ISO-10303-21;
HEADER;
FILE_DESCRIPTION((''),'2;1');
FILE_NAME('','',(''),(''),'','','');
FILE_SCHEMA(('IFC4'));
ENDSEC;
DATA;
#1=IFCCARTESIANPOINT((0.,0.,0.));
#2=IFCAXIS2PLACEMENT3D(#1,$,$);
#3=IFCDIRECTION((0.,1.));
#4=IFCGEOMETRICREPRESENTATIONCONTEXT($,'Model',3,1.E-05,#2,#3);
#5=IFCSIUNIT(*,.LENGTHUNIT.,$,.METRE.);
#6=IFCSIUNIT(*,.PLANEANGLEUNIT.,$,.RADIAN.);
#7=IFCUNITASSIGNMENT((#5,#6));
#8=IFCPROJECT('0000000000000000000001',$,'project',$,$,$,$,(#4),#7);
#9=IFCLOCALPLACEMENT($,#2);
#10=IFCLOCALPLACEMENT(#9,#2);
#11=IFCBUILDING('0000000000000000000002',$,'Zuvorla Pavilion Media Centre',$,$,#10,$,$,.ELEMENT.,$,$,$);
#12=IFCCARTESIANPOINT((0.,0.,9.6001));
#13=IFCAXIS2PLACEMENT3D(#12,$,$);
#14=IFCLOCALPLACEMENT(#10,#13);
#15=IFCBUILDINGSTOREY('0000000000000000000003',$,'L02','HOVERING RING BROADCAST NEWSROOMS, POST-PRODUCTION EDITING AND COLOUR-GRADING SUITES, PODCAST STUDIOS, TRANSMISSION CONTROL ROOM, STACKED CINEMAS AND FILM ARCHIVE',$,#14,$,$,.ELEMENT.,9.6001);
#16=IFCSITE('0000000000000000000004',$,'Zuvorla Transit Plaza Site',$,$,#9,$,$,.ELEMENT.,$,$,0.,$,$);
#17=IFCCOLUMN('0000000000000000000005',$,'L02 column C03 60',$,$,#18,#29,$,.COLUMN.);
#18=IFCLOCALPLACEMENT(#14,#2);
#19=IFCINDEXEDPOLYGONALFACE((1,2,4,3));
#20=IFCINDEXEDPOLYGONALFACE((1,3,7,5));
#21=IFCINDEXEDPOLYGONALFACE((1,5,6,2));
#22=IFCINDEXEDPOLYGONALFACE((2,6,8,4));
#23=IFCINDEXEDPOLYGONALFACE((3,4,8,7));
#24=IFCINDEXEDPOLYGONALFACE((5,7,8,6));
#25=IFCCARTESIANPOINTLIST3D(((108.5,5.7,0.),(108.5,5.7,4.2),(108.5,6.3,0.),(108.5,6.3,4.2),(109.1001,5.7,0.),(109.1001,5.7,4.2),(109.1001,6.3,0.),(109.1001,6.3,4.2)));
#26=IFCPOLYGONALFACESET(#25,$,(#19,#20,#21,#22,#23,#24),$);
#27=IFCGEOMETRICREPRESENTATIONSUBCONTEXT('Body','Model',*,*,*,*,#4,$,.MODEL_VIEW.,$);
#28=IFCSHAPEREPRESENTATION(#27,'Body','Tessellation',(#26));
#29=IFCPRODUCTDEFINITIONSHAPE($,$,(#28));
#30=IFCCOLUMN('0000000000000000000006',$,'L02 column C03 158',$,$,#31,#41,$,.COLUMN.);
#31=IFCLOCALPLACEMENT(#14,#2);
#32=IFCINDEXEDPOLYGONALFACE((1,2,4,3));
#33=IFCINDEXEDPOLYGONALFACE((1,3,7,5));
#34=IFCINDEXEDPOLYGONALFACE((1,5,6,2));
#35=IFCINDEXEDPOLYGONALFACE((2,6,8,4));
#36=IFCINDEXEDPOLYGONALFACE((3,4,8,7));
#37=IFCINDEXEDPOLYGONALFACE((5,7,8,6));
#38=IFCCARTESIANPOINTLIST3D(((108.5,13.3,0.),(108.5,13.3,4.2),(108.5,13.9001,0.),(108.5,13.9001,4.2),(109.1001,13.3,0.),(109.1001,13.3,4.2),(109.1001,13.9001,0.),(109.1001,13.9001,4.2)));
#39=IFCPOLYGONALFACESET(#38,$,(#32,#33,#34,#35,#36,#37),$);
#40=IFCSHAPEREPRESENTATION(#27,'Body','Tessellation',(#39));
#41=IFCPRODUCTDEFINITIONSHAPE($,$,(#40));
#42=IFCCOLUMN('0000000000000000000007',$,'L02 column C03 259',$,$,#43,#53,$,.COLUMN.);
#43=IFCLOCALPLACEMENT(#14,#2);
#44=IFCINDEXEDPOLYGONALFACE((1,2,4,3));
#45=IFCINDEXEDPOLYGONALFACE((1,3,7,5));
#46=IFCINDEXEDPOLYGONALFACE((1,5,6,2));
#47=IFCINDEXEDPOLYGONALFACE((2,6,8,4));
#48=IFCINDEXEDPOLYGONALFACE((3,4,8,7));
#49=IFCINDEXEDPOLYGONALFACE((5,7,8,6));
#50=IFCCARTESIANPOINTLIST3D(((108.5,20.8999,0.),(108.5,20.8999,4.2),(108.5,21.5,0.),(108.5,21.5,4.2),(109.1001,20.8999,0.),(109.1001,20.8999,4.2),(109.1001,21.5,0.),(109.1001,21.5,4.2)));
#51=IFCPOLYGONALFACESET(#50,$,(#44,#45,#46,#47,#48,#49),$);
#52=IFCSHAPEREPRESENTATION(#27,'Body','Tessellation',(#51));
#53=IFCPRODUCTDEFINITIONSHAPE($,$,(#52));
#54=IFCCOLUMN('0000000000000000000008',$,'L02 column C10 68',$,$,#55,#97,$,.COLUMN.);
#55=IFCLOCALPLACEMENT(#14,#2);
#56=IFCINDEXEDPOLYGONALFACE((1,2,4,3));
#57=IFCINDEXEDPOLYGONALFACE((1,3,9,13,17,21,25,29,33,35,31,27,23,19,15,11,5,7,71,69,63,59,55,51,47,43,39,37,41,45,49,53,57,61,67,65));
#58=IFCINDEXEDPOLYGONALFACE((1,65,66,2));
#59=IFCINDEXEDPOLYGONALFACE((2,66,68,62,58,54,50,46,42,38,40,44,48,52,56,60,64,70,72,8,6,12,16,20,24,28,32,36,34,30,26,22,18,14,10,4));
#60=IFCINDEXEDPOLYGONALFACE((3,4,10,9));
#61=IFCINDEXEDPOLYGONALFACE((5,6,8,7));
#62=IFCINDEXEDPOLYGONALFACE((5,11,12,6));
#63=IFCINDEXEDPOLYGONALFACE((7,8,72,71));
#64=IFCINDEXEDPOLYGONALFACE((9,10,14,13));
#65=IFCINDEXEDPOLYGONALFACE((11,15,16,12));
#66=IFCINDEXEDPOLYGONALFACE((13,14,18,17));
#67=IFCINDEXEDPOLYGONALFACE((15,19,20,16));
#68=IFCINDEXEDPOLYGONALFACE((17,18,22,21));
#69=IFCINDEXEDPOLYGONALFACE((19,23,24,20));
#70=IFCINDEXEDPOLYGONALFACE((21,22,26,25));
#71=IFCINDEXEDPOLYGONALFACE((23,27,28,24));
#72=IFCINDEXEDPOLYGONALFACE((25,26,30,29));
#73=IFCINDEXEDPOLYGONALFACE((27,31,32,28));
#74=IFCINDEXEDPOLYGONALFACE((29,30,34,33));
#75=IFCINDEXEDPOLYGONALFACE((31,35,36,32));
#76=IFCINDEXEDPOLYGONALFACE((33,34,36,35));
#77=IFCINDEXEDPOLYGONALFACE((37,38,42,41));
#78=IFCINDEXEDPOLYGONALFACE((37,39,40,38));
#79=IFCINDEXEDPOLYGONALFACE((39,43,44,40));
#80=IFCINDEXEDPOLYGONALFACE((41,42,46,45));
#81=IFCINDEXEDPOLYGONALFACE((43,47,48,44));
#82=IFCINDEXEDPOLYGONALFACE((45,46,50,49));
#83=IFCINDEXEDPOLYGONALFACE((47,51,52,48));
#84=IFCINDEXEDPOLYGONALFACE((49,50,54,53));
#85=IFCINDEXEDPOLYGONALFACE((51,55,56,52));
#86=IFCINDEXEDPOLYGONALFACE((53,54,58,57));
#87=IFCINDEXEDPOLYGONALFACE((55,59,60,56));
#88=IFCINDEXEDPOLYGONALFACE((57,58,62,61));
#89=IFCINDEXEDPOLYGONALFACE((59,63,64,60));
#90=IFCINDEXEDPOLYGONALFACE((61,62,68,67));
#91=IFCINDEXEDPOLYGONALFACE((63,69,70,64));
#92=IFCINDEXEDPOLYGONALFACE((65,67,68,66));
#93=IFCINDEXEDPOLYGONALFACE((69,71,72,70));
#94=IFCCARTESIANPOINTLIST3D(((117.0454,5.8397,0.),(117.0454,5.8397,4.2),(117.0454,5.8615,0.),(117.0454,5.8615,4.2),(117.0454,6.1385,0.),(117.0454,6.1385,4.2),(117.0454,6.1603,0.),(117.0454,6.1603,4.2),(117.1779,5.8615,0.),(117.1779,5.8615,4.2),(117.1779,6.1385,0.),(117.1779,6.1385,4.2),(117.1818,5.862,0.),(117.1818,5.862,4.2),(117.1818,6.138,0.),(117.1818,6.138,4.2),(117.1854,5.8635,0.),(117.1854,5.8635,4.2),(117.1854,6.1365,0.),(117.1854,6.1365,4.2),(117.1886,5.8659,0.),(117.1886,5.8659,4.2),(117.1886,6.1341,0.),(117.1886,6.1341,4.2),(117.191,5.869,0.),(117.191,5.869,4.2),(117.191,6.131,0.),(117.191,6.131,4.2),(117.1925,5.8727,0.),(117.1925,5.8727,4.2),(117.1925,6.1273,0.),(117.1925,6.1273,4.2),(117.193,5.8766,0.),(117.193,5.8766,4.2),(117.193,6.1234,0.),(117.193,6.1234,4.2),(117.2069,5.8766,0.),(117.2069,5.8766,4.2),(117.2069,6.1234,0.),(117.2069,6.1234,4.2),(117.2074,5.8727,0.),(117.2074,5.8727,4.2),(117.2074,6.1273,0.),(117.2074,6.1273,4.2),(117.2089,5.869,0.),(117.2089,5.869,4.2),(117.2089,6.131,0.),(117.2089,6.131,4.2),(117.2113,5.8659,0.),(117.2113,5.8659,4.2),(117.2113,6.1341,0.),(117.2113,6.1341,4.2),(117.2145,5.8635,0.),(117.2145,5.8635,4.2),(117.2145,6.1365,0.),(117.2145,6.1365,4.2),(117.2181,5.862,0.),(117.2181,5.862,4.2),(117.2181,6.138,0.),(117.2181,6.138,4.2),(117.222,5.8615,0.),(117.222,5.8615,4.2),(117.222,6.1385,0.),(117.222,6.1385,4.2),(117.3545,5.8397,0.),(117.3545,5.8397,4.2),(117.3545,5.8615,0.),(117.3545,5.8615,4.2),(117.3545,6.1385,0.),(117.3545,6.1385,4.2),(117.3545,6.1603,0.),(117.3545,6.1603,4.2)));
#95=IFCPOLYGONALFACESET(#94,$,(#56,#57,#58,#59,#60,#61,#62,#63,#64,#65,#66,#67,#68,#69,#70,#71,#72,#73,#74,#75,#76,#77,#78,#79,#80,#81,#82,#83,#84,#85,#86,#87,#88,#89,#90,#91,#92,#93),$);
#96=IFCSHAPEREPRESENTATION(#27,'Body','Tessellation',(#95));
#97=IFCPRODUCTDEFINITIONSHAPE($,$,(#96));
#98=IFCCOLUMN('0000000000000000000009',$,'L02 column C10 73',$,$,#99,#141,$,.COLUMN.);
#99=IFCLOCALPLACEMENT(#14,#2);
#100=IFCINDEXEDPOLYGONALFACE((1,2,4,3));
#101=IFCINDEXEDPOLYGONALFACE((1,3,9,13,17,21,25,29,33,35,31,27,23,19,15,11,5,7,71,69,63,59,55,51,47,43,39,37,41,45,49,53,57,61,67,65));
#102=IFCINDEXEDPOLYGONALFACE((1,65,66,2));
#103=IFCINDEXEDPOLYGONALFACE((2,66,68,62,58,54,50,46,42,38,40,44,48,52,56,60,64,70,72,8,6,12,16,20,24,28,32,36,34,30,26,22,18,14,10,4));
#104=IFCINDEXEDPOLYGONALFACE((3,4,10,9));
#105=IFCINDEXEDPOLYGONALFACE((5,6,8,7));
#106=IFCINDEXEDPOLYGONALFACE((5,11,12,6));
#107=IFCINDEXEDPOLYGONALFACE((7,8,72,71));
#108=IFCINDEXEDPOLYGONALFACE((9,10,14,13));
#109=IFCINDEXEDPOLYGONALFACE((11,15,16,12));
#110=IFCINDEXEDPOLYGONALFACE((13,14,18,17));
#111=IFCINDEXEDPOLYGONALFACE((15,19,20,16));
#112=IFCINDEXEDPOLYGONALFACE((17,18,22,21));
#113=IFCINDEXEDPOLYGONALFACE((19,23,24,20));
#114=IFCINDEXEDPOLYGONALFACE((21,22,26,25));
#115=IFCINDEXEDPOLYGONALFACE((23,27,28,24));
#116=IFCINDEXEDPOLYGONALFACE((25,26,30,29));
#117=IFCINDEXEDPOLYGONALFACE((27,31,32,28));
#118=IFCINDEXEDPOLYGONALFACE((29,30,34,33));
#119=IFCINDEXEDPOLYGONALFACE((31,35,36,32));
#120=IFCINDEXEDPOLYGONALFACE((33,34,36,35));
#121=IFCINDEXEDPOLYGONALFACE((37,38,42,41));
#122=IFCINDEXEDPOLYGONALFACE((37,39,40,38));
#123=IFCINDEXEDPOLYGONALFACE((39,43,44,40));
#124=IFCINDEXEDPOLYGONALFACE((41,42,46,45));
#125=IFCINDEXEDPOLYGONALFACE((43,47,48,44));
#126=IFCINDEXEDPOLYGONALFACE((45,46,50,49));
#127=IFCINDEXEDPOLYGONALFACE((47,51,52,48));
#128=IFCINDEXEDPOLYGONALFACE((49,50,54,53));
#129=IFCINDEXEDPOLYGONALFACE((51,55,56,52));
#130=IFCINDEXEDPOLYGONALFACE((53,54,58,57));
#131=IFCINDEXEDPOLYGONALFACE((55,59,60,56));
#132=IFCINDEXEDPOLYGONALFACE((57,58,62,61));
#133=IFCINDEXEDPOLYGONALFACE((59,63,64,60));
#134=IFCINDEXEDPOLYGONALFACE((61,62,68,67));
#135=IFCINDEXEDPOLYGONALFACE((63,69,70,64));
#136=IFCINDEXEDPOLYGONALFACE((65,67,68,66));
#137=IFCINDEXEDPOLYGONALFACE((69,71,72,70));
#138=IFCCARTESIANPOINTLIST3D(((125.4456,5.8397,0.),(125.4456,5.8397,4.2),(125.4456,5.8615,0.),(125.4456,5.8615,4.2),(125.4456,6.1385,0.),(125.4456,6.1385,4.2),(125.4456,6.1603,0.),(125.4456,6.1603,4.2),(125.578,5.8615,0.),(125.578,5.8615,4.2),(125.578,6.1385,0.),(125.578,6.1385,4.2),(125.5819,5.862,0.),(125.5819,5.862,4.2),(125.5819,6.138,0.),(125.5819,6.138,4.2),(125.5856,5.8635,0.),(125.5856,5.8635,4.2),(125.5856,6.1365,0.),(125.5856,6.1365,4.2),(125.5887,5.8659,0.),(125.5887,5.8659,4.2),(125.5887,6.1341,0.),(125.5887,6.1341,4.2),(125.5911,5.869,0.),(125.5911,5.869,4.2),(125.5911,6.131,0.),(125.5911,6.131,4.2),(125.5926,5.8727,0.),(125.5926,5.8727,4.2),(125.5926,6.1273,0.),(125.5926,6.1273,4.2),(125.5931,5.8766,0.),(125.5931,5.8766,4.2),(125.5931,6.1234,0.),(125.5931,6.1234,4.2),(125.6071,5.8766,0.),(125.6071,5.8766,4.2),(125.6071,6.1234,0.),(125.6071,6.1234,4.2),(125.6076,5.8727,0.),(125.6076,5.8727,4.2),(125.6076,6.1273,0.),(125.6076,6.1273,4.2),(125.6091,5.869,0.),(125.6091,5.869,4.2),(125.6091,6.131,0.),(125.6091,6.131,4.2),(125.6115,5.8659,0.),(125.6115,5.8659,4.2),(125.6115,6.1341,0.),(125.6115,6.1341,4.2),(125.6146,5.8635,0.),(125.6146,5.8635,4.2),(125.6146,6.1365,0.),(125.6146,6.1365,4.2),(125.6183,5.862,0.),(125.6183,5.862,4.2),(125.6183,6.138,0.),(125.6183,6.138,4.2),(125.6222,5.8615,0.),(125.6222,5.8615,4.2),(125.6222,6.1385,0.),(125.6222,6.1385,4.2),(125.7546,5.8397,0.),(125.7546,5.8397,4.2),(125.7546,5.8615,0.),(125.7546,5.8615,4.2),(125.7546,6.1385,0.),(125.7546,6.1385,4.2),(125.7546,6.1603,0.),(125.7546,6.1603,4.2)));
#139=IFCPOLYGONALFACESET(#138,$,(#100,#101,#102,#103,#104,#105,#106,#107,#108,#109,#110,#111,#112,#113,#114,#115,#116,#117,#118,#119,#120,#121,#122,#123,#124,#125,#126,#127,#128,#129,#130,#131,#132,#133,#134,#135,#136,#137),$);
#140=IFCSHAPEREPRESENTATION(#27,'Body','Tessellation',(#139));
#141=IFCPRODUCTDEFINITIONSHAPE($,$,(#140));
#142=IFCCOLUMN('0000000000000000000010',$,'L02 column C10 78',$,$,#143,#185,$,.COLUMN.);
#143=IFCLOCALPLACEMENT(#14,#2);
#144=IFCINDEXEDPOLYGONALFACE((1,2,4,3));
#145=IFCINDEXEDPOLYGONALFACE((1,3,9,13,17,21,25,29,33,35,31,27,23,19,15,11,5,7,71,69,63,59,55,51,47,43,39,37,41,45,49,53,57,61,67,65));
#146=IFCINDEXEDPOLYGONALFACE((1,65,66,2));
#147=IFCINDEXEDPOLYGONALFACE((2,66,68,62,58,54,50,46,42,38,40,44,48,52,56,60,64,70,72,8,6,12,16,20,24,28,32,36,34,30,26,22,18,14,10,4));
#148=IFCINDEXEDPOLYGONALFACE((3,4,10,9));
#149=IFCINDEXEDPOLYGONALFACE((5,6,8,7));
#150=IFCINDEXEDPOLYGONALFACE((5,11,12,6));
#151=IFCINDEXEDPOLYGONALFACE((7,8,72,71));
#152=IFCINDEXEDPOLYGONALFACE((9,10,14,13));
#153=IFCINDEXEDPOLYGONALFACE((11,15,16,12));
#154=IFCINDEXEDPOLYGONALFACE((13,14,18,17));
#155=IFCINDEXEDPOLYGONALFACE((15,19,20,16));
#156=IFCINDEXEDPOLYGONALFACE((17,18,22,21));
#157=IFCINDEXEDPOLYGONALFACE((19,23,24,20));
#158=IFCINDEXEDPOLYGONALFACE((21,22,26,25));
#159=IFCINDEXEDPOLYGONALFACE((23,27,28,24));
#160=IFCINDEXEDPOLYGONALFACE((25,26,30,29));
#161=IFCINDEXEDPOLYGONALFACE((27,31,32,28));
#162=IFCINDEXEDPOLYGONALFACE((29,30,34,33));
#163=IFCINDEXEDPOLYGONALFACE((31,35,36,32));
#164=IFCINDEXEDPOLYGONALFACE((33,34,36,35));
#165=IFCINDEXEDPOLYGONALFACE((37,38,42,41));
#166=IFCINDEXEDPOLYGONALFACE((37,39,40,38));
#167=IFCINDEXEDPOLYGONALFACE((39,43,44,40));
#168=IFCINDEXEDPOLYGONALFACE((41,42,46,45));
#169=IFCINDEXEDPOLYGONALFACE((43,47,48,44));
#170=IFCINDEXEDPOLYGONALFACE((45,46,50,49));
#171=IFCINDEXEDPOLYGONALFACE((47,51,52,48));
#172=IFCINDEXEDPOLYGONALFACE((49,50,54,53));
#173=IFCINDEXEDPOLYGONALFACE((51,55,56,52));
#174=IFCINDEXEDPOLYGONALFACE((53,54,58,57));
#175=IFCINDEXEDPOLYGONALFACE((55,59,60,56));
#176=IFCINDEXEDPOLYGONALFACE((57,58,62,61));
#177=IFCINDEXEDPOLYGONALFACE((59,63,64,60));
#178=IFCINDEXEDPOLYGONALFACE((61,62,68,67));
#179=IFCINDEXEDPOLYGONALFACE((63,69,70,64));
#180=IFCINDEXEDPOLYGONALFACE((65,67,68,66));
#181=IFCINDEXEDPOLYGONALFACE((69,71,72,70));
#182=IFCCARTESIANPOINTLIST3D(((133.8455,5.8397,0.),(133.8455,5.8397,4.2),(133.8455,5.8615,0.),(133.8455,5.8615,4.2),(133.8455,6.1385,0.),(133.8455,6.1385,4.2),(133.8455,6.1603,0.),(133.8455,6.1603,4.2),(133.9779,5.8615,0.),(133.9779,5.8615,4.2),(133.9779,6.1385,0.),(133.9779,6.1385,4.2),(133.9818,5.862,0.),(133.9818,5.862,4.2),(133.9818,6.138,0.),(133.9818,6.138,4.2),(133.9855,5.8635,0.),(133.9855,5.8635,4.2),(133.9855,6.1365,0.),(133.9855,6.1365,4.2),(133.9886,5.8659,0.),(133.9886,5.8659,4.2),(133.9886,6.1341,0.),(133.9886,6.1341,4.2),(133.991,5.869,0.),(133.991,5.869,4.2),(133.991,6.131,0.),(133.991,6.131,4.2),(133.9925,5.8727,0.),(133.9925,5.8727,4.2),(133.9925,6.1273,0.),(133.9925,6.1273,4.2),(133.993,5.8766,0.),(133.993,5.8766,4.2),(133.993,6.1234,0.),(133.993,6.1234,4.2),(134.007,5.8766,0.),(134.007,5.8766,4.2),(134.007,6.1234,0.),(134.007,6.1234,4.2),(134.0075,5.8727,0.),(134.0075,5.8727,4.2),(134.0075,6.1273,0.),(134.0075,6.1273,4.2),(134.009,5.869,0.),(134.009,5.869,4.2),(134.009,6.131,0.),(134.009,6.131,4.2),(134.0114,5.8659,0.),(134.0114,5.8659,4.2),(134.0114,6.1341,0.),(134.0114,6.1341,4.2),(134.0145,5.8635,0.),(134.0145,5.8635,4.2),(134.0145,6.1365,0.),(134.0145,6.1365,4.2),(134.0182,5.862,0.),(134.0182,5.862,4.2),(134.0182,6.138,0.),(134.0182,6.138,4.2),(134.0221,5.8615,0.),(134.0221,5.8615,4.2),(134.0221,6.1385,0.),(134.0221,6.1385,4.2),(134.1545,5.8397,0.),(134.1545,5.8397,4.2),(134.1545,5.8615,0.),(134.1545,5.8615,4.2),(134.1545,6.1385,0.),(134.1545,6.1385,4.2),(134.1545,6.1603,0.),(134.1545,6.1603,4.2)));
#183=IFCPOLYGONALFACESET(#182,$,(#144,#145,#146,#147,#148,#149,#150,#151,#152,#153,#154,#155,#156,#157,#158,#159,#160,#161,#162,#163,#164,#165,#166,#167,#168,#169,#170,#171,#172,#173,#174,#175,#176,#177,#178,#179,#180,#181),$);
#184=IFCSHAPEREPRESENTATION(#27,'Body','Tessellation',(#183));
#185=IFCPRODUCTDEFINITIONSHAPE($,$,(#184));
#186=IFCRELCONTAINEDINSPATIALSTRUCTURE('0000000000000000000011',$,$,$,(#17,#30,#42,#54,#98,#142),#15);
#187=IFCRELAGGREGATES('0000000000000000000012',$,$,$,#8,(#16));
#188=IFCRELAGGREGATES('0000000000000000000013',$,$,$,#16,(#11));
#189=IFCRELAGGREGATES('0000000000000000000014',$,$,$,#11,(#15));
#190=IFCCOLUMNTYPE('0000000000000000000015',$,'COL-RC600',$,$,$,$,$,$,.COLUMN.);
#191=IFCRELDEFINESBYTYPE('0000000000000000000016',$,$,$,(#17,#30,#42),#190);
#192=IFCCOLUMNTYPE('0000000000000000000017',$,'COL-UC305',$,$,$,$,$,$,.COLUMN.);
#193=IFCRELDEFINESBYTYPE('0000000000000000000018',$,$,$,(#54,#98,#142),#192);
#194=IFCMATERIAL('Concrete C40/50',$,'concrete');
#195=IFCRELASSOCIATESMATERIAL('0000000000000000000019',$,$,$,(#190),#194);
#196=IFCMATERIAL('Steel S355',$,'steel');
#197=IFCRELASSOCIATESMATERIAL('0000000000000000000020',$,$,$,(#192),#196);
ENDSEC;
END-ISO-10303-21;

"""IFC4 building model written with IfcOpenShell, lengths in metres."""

from ifc_helpers import new_model, si_unit, direction, frame, origin, origin_2d, place, context, subcontext, project, spatial, rectangle, i_section, extrude, material, material_profile, profile_set, type_object, element, save


model = new_model("IFC4")

# Units and contexts
model_context = context("Model", 3, precision=1e-05, world=origin(), true_north=direction((0.0, 1.0)))
body_context = subcontext(model_context, "Body", "Model", "MODEL_VIEW")
ifc_project = project(units=[si_unit("LENGTHUNIT", "METRE"), si_unit("PLANEANGLEUNIT", "RADIAN")], contexts=[model_context])

# Site, building, storey
site_placement = place(None, origin())
site = spatial("IfcSite", under=ifc_project, at=site_placement, Name="Zuvorla Transit Plaza Site", CompositionType="ELEMENT", RefElevation=0.0)
building_placement = place(site_placement, origin())
building = spatial("IfcBuilding", under=site, at=building_placement, Name="Zuvorla Pavilion Media Centre", CompositionType="ELEMENT")
storey_placement = place(building_placement, frame((0.0, 0.0, 9.6001)))
storey = spatial("IfcBuildingStorey", under=building, at=storey_placement, Name="L02", Description="HOVERING RING BROADCAST NEWSROOMS, POST-PRODUCTION EDITING AND COLOUR-GRADING SUITES, PODCAST STUDIOS, TRANSMISSION CONTROL ROOM, STACKED CINEMAS AND FILM ARCHIVE", CompositionType="ELEMENT", Elevation=9.6001)

# Columns
ifc_material_1 = material(Name="Concrete C40/50", Category="concrete")
ifc_material_profile_1 = material_profile(ifc_material_1, rectangle(XDim=0.6001, YDim=0.6001, at=origin_2d()), Name="RC 600x600")
ifc_profile_set_1 = profile_set([ifc_material_profile_1], Name="Concrete C40/50")
column_type_1 = type_object("IfcColumnType", Name="COL-RC600", PredefinedType="COLUMN", material=ifc_profile_set_1)
for number, where, z_axis, x_axis, name in (
    (1, (108.8, 6.0, 0.0), (0.0, 0.0, 1.0), (1.0, 0.0, 0.0), "L02 column C03 60"),
    (2, (108.8, 13.6001, 0.0), (0.0, 0.0, 1.0), (1.0, 0.0, 0.0), "L02 column C03 158"),
    (3, (108.8, 21.2, 0.0), (0.0, 0.0, 1.0), (1.0, 0.0, 0.0), "L02 column C03 259"),
):
    element("IfcColumn", number, at=place(storey_placement, frame(where, z_axis=z_axis, x_axis=x_axis)), inside=storey, type_object=column_type_1, Name=name, PredefinedType="COLUMN", context=body_context, shape_type="SweptSolid", body=[
        extrude(rectangle(XDim=0.6001, YDim=0.6001, at=origin_2d()), origin(), (0.0, 0.0, 1.0), 4.2),
    ])
ifc_material_2 = material(Name="Steel S355", Category="steel")
ifc_material_profile_2 = material_profile(ifc_material_2, i_section(OverallWidth=0.3091, OverallDepth=0.3206, WebThickness=0.0139, FlangeThickness=0.0217, FilletRadius=0.0151, at=origin_2d()), Name="UC 305x305x137")
ifc_profile_set_2 = profile_set([ifc_material_profile_2], Name="Steel S355")
column_type_2 = type_object("IfcColumnType", Name="COL-UC305", PredefinedType="COLUMN", material=ifc_profile_set_2)
for number, where, z_axis, x_axis, name in (
    (4, (117.2, 6.0, 0.0), (0.0, 0.0, 1.0), (1.0, 0.0, 0.0), "L02 column C10 68"),
    (5, (125.6001, 6.0, 0.0), (0.0, 0.0, 1.0), (1.0, 0.0, 0.0), "L02 column C10 73"),
    (6, (134.0, 6.0, 0.0), (0.0, 0.0, 1.0), (1.0, 0.0, 0.0), "L02 column C10 78"),
):
    element("IfcColumn", number, at=place(storey_placement, frame(where, z_axis=z_axis, x_axis=x_axis)), inside=storey, type_object=column_type_2, Name=name, PredefinedType="COLUMN", context=body_context, shape_type="SweptSolid", body=[
        extrude(i_section(OverallWidth=0.3091, OverallDepth=0.3206, WebThickness=0.0139, FlangeThickness=0.0217, FilletRadius=0.0151, at=origin_2d()), origin(), (0.0, 0.0, 1.0), 4.2),
    ])

save(model, "model.ifc")
